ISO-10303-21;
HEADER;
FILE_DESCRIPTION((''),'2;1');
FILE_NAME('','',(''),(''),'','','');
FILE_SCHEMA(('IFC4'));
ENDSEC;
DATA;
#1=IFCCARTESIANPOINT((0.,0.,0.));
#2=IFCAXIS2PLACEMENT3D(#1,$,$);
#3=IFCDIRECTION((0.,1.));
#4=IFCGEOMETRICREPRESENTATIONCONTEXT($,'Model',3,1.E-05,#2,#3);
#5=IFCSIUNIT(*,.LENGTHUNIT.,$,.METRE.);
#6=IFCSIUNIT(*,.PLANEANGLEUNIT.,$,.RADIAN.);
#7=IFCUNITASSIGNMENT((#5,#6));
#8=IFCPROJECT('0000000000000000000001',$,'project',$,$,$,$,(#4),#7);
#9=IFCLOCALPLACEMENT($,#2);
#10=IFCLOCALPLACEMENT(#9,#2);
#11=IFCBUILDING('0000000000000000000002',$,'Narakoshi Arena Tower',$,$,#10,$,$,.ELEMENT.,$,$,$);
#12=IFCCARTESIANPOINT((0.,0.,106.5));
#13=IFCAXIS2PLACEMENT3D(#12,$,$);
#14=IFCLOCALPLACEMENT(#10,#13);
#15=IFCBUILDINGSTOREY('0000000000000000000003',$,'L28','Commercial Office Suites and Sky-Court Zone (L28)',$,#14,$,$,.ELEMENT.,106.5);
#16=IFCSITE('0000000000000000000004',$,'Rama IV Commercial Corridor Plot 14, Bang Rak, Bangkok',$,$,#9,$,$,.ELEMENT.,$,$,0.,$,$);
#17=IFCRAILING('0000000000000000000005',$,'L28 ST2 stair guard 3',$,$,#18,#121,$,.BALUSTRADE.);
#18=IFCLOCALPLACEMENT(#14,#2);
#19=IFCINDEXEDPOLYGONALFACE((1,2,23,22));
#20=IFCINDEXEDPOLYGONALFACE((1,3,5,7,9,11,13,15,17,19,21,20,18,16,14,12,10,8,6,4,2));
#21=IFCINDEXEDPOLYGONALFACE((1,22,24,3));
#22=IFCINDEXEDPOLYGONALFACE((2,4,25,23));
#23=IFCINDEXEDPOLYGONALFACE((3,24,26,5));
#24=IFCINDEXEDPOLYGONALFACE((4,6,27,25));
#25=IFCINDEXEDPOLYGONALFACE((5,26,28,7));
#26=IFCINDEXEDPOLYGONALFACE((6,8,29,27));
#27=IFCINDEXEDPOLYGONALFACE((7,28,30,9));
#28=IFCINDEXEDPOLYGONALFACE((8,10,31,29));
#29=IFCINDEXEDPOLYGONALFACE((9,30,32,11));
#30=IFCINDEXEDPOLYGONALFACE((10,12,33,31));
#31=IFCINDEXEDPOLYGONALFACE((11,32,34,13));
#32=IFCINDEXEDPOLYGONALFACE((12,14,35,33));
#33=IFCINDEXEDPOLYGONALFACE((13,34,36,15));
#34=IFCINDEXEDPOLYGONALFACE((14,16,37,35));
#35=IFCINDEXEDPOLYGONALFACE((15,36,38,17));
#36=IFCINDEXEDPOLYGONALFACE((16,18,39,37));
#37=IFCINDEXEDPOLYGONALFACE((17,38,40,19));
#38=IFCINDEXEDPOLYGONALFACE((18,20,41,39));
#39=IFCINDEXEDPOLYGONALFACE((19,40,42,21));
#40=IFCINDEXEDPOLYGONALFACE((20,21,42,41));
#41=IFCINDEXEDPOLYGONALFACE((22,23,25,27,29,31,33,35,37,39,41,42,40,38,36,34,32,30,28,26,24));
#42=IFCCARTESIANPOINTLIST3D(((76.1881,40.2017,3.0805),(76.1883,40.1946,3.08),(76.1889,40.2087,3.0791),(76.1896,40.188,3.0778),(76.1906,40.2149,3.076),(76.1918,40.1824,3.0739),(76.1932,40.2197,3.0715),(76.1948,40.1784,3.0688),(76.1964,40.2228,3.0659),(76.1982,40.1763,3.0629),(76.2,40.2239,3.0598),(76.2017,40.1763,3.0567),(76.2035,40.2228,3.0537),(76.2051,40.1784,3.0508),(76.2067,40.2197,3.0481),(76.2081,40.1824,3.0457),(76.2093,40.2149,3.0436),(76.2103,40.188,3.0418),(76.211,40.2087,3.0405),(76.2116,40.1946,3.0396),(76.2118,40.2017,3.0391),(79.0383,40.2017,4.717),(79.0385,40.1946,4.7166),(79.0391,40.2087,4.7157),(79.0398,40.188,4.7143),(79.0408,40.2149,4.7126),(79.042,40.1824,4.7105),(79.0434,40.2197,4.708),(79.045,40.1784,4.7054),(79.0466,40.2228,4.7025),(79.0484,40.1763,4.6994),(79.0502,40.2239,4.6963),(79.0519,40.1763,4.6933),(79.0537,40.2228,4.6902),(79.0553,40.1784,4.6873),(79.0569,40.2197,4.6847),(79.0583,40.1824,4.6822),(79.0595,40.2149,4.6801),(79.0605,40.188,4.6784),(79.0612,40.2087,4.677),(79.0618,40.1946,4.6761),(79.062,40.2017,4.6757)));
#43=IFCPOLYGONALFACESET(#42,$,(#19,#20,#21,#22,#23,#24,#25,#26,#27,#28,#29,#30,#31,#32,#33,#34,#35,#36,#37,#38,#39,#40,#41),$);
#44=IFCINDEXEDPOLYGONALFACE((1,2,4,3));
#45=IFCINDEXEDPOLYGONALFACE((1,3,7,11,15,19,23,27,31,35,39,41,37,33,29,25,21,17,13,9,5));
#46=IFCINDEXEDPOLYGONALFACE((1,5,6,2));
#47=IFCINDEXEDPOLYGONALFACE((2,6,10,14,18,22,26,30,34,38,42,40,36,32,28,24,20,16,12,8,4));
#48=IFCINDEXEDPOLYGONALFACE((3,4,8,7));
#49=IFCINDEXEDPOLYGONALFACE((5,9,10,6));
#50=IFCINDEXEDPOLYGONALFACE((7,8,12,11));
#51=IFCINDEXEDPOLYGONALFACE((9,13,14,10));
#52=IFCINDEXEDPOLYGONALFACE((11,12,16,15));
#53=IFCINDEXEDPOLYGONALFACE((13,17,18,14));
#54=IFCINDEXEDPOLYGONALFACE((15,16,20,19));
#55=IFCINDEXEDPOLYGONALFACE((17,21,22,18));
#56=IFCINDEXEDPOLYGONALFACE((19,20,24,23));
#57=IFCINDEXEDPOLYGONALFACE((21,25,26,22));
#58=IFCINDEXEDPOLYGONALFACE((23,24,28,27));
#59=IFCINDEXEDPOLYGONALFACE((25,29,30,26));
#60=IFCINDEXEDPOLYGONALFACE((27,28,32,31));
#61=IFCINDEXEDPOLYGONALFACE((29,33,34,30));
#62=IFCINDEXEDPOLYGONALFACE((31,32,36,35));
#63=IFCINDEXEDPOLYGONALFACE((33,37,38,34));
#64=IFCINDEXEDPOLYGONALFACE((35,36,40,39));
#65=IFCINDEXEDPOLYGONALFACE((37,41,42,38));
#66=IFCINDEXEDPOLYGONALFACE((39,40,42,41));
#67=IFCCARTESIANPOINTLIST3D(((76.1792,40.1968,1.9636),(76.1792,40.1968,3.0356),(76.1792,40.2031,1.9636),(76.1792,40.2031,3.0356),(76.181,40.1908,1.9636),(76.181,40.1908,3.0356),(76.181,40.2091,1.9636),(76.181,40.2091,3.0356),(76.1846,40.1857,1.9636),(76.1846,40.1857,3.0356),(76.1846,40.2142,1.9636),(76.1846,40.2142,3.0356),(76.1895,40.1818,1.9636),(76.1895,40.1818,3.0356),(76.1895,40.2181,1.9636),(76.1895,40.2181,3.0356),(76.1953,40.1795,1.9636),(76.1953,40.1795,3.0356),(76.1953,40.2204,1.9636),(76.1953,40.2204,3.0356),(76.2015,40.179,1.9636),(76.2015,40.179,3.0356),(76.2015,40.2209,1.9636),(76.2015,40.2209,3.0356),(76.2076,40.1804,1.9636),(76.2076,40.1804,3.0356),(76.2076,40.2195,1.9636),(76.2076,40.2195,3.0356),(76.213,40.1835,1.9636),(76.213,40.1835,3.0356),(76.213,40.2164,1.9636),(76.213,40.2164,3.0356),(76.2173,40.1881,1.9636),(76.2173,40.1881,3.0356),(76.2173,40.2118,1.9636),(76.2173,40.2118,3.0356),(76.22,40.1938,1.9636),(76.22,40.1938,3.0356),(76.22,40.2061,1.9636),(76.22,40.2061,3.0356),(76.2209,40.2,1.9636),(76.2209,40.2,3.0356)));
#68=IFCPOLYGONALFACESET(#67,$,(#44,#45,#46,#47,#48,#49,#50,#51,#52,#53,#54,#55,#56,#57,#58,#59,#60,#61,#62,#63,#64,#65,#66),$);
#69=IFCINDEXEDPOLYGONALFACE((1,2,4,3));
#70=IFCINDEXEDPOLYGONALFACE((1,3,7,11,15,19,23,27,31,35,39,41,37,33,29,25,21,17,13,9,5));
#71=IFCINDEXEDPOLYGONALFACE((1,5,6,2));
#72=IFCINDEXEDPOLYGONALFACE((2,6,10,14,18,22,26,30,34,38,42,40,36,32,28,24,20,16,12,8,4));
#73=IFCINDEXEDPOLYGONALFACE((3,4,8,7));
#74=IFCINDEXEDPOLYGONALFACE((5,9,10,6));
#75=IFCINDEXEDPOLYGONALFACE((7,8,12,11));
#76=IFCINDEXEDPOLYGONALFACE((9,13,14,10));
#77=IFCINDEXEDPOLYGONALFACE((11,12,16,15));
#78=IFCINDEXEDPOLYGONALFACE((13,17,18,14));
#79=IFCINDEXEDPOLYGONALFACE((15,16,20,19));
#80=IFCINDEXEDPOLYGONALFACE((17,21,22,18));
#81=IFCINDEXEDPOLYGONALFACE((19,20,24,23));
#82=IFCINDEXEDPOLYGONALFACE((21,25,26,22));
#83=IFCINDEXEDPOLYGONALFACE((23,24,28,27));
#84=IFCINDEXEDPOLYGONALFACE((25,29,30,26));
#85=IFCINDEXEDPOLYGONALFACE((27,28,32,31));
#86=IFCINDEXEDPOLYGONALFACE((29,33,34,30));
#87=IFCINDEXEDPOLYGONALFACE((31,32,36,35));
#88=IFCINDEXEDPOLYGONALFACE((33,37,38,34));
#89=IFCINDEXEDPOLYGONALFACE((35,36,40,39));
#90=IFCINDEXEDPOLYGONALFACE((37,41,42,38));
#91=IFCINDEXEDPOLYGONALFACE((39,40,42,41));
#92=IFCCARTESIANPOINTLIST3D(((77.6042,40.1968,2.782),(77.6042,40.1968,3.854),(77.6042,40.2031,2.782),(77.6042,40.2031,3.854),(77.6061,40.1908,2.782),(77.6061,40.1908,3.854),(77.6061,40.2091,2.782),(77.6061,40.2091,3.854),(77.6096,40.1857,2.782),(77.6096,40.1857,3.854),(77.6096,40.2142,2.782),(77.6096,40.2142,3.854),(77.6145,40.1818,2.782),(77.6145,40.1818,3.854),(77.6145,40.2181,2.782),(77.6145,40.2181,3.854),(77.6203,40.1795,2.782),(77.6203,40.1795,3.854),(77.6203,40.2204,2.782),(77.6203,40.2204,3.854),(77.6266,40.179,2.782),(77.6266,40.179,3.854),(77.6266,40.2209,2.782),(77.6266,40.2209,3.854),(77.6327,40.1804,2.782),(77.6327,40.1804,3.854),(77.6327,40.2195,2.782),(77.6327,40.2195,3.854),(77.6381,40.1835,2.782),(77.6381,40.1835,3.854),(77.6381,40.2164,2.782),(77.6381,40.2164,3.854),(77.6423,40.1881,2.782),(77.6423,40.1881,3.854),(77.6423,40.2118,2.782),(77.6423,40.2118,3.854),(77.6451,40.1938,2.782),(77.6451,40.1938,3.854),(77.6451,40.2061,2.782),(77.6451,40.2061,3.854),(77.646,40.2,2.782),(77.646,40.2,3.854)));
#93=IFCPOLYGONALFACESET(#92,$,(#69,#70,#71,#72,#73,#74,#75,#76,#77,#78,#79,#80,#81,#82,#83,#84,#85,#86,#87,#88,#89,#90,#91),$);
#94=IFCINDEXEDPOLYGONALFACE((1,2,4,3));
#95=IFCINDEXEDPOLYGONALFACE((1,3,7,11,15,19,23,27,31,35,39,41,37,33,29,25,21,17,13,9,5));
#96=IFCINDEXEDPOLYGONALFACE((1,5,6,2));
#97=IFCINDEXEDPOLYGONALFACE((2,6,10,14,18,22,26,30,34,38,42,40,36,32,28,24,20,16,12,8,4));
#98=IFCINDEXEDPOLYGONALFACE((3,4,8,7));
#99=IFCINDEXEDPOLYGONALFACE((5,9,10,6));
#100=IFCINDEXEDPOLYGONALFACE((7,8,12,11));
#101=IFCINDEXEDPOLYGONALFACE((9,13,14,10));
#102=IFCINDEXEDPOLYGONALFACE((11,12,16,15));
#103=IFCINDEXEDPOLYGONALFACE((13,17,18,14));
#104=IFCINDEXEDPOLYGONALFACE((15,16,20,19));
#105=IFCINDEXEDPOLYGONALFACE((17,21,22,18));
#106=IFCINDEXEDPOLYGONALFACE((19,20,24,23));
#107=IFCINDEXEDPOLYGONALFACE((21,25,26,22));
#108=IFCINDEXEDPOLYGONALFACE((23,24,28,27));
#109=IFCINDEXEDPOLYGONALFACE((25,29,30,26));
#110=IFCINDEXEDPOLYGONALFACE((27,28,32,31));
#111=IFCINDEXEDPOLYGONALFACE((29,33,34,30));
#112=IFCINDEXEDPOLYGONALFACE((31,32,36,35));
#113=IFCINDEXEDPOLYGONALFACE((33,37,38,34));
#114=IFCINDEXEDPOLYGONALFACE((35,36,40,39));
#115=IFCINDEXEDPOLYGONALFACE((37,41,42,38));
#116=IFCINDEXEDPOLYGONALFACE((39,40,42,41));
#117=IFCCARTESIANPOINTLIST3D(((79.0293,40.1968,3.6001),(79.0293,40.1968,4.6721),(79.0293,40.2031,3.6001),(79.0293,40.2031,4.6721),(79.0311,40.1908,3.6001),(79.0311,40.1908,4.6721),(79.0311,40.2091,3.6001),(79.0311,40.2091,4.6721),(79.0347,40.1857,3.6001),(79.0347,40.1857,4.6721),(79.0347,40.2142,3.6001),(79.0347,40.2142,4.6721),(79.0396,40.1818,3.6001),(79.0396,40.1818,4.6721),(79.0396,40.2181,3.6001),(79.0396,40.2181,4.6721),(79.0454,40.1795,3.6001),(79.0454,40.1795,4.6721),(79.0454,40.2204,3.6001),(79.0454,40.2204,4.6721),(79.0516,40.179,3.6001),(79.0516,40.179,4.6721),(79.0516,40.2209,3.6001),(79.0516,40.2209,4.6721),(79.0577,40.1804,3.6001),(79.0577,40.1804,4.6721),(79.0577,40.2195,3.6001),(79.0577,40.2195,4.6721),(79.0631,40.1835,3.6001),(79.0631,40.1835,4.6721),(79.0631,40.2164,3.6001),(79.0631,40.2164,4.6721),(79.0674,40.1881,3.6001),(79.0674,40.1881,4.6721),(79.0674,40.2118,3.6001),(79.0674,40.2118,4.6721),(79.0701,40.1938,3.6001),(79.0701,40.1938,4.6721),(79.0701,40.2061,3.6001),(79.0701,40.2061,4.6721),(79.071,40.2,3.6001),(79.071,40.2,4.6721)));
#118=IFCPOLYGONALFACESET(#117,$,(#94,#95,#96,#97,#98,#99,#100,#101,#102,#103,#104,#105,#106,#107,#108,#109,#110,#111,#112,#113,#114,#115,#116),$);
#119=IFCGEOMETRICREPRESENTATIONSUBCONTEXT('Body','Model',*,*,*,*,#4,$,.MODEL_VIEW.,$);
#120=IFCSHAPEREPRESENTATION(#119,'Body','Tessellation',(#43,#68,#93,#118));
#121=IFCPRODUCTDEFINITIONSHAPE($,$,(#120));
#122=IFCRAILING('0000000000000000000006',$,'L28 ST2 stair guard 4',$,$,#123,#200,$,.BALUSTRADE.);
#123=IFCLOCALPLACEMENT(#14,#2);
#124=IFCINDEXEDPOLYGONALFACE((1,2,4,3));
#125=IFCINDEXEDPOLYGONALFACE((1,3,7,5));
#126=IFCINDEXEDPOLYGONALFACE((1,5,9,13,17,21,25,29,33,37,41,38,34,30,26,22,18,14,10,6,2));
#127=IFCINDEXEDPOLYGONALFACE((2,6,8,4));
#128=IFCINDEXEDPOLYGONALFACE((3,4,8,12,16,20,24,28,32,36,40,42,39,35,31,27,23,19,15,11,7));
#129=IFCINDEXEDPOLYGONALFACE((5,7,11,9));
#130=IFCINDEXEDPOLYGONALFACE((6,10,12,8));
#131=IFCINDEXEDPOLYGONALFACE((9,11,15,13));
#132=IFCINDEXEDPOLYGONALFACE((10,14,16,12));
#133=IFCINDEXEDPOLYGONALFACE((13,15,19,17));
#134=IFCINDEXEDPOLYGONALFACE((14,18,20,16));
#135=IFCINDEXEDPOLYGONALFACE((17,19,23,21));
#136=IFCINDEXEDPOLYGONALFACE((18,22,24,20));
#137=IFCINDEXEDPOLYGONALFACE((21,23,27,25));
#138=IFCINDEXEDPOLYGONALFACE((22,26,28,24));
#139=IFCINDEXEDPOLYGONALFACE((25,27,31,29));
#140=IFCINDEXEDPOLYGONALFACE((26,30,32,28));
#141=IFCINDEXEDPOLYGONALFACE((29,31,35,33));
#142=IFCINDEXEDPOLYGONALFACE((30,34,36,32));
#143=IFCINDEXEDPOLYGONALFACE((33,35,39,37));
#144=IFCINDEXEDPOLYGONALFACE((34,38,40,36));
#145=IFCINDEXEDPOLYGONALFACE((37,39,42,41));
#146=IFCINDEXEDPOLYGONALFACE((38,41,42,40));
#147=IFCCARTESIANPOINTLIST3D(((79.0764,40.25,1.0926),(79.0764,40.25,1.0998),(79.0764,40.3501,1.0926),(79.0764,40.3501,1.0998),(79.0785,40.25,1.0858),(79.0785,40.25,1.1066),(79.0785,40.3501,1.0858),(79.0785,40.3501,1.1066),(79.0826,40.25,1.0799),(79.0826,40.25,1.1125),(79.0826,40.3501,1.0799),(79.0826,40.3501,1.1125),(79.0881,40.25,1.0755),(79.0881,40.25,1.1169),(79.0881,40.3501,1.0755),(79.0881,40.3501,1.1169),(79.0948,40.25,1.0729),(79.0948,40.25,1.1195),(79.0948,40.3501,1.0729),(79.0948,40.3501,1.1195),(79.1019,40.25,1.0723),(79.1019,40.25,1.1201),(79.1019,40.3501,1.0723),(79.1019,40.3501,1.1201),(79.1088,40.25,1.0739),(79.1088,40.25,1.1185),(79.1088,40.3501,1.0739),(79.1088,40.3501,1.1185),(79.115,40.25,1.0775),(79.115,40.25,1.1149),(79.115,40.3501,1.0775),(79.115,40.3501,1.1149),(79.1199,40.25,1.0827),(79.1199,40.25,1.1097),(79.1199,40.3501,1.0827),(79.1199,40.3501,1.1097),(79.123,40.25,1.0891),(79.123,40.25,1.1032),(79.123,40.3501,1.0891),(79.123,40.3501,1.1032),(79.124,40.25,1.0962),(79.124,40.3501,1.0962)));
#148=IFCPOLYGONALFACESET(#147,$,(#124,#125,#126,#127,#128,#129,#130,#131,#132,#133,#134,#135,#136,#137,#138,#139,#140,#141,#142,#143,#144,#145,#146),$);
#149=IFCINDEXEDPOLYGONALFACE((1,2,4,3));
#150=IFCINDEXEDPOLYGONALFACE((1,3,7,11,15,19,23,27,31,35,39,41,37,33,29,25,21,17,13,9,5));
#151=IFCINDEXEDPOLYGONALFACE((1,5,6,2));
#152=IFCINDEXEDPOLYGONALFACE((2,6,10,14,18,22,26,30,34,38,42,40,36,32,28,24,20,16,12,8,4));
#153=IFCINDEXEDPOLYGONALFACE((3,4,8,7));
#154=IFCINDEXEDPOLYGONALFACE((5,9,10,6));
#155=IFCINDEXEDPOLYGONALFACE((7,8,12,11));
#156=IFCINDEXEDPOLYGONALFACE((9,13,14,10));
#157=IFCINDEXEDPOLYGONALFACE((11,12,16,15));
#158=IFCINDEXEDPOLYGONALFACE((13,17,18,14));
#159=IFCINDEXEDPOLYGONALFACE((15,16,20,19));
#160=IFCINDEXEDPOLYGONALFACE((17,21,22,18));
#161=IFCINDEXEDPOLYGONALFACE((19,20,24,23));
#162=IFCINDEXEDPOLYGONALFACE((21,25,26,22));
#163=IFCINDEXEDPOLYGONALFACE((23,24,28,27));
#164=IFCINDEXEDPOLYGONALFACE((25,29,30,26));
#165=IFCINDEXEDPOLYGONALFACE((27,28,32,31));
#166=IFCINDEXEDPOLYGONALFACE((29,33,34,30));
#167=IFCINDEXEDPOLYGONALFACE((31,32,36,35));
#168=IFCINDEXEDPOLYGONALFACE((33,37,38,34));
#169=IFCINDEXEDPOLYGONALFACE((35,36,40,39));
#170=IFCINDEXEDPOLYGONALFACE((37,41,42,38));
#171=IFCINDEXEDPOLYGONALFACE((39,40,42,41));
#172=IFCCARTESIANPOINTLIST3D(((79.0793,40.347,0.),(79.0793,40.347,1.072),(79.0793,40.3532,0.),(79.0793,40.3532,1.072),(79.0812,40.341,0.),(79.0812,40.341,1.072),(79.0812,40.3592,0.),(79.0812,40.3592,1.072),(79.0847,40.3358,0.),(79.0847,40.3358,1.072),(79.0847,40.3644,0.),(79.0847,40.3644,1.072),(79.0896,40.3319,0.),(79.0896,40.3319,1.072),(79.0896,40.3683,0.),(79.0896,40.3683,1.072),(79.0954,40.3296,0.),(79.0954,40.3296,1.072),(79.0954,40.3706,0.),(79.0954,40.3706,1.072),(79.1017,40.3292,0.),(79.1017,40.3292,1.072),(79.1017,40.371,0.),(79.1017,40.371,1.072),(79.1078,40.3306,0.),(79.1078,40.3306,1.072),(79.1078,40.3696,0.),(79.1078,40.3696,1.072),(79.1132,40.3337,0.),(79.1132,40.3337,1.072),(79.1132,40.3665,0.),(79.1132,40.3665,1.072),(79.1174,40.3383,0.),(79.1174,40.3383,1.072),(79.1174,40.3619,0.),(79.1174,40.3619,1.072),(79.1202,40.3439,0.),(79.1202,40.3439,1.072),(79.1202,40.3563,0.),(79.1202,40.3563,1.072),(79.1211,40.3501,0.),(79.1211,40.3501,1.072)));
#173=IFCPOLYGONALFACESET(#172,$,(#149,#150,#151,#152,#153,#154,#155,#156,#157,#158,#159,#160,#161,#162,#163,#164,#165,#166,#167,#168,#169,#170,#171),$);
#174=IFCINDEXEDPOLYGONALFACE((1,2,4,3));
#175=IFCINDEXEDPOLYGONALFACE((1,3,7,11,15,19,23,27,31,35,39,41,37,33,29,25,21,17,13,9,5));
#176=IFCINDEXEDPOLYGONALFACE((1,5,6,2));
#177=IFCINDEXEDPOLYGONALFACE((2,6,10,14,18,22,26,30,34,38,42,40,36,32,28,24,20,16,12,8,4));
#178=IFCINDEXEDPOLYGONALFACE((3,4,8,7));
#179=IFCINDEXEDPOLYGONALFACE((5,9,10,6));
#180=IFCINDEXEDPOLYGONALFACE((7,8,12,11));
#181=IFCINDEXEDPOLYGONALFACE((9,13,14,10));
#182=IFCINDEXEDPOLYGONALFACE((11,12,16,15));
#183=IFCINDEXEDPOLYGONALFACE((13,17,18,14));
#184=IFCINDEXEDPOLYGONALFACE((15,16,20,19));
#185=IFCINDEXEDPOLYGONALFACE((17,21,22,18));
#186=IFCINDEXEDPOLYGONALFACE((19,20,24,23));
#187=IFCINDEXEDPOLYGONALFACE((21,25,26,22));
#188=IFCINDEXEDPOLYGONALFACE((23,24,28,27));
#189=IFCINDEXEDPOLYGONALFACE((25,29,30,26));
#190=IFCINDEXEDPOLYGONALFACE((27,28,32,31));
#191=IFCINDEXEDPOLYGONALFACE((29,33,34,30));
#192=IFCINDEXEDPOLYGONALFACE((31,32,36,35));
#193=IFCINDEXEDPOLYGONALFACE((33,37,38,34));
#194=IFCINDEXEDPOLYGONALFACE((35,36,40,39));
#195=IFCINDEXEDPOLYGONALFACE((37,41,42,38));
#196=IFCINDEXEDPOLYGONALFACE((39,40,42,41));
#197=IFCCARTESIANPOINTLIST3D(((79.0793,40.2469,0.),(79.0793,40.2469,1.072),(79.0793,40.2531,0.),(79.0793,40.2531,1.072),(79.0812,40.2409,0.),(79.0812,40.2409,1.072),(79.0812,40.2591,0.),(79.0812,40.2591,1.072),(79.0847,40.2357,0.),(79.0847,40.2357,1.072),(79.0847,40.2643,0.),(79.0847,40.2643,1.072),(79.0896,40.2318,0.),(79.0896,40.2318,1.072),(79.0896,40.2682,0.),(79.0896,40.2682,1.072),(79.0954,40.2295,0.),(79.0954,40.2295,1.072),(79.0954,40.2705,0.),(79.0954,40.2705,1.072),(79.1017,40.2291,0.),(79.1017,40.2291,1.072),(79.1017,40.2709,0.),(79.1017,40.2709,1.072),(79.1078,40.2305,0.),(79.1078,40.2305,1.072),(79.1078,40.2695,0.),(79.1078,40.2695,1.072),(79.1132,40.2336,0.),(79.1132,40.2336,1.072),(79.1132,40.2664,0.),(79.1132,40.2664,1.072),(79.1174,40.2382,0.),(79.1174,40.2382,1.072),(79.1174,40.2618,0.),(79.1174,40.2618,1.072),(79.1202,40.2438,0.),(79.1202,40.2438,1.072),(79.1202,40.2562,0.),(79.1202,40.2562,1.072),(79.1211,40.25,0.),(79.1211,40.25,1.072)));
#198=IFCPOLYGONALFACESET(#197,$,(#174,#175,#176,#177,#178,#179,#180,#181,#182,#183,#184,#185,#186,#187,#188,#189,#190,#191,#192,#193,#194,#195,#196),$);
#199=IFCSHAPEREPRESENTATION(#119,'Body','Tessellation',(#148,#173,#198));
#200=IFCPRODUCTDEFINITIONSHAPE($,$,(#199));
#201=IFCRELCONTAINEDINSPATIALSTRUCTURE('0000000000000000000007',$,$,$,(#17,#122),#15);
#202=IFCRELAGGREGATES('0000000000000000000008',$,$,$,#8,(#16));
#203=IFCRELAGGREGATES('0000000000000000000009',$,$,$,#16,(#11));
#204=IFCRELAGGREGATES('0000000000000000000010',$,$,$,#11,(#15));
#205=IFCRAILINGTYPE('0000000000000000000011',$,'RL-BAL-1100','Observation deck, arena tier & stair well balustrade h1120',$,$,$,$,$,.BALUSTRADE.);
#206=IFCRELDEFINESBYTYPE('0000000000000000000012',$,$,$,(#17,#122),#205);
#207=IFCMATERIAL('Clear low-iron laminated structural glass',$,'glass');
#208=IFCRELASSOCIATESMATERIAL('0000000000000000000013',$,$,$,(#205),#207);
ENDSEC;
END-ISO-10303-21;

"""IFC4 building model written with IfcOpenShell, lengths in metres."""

from ifc_helpers import new_model, si_unit, direction, frame, origin, origin_2d, place, context, subcontext, project, spatial, circle, extrude, material, type_object, element, save


model = new_model("IFC4")

# Units and contexts
model_context = context("Model", 3, precision=1e-05, world=origin(), true_north=direction((0.0, 1.0)))
body_context = subcontext(model_context, "Body", "Model", "MODEL_VIEW")
ifc_project = project(units=[si_unit("LENGTHUNIT", "METRE"), si_unit("PLANEANGLEUNIT", "RADIAN")], contexts=[model_context])

# Site, building, storey
site_placement = place(None, origin())
site = spatial("IfcSite", under=ifc_project, at=site_placement, Name="Rama IV Commercial Corridor Plot 14, Bang Rak, Bangkok", CompositionType="ELEMENT", RefElevation=0.0)
building_placement = place(site_placement, origin())
building = spatial("IfcBuilding", under=site, at=building_placement, Name="Narakoshi Arena Tower", CompositionType="ELEMENT")
storey_placement = place(building_placement, frame((0.0, 0.0, 106.5)))
storey = spatial("IfcBuildingStorey", under=building, at=storey_placement, Name="L28", Description="Commercial Office Suites and Sky-Court Zone (L28)", CompositionType="ELEMENT", Elevation=106.5)

# Railings
ifc_material_1 = material(Name="Clear low-iron laminated structural glass", Category="glass")
railing_type_1 = type_object("IfcRailingType", Name="RL-BAL-1100", Description="Observation deck, arena tier & stair well balustrade h1120", PredefinedType="BALUSTRADE", material=ifc_material_1)
railing_1_placement = place(storey_placement, frame((76.2, 40.2, 1.9636)))
element("IfcRailing", 1, at=railing_1_placement, inside=storey, type_object=railing_type_1, Name="L28 ST2 stair guard 3", PredefinedType="BALUSTRADE", context=body_context, shape_type="SweptSolid", body=[
    extrude(circle(Radius=0.0239, at=origin_2d()), frame((0.0, 0.0, 1.0962), z_axis=(0.867213, 0.0, 0.497938), x_axis=(0.0, 1.0, 0.0)), (0.0, 0.0, 1.0), 3.2866),
    extrude(circle(Radius=0.021, at=origin_2d()), origin(), (0.0, 0.0, 1.0), 1.072),
    extrude(circle(Radius=0.021, at=origin_2d()), frame((1.425, 0.0, 0.8184)), (0.0, 0.0, 1.0), 1.072),
    extrude(circle(Radius=0.021, at=origin_2d()), frame((2.8501, 0.0, 1.6365)), (0.0, 0.0, 1.0), 1.072),
])
railing_2_placement = place(storey_placement, frame((79.1001, 40.3501, 0.0)))
element("IfcRailing", 2, at=railing_2_placement, inside=storey, type_object=railing_type_1, Name="L28 ST2 stair guard 4", PredefinedType="BALUSTRADE", context=body_context, shape_type="SweptSolid", body=[
    extrude(circle(Radius=0.0239, at=origin_2d()), frame((0.0, 0.0, 1.0962), z_axis=(0.0, -1.0, 0.0), x_axis=(1.0, 0.0, 0.0)), (0.0, 0.0, 1.0), 0.1001),
    extrude(circle(Radius=0.021, at=origin_2d()), origin(), (0.0, 0.0, 1.0), 1.072),
    extrude(circle(Radius=0.021, at=origin_2d()), frame((0.0, -0.1001, 0.0)), (0.0, 0.0, 1.0), 1.072),
])

save(model, "model.ifc")
